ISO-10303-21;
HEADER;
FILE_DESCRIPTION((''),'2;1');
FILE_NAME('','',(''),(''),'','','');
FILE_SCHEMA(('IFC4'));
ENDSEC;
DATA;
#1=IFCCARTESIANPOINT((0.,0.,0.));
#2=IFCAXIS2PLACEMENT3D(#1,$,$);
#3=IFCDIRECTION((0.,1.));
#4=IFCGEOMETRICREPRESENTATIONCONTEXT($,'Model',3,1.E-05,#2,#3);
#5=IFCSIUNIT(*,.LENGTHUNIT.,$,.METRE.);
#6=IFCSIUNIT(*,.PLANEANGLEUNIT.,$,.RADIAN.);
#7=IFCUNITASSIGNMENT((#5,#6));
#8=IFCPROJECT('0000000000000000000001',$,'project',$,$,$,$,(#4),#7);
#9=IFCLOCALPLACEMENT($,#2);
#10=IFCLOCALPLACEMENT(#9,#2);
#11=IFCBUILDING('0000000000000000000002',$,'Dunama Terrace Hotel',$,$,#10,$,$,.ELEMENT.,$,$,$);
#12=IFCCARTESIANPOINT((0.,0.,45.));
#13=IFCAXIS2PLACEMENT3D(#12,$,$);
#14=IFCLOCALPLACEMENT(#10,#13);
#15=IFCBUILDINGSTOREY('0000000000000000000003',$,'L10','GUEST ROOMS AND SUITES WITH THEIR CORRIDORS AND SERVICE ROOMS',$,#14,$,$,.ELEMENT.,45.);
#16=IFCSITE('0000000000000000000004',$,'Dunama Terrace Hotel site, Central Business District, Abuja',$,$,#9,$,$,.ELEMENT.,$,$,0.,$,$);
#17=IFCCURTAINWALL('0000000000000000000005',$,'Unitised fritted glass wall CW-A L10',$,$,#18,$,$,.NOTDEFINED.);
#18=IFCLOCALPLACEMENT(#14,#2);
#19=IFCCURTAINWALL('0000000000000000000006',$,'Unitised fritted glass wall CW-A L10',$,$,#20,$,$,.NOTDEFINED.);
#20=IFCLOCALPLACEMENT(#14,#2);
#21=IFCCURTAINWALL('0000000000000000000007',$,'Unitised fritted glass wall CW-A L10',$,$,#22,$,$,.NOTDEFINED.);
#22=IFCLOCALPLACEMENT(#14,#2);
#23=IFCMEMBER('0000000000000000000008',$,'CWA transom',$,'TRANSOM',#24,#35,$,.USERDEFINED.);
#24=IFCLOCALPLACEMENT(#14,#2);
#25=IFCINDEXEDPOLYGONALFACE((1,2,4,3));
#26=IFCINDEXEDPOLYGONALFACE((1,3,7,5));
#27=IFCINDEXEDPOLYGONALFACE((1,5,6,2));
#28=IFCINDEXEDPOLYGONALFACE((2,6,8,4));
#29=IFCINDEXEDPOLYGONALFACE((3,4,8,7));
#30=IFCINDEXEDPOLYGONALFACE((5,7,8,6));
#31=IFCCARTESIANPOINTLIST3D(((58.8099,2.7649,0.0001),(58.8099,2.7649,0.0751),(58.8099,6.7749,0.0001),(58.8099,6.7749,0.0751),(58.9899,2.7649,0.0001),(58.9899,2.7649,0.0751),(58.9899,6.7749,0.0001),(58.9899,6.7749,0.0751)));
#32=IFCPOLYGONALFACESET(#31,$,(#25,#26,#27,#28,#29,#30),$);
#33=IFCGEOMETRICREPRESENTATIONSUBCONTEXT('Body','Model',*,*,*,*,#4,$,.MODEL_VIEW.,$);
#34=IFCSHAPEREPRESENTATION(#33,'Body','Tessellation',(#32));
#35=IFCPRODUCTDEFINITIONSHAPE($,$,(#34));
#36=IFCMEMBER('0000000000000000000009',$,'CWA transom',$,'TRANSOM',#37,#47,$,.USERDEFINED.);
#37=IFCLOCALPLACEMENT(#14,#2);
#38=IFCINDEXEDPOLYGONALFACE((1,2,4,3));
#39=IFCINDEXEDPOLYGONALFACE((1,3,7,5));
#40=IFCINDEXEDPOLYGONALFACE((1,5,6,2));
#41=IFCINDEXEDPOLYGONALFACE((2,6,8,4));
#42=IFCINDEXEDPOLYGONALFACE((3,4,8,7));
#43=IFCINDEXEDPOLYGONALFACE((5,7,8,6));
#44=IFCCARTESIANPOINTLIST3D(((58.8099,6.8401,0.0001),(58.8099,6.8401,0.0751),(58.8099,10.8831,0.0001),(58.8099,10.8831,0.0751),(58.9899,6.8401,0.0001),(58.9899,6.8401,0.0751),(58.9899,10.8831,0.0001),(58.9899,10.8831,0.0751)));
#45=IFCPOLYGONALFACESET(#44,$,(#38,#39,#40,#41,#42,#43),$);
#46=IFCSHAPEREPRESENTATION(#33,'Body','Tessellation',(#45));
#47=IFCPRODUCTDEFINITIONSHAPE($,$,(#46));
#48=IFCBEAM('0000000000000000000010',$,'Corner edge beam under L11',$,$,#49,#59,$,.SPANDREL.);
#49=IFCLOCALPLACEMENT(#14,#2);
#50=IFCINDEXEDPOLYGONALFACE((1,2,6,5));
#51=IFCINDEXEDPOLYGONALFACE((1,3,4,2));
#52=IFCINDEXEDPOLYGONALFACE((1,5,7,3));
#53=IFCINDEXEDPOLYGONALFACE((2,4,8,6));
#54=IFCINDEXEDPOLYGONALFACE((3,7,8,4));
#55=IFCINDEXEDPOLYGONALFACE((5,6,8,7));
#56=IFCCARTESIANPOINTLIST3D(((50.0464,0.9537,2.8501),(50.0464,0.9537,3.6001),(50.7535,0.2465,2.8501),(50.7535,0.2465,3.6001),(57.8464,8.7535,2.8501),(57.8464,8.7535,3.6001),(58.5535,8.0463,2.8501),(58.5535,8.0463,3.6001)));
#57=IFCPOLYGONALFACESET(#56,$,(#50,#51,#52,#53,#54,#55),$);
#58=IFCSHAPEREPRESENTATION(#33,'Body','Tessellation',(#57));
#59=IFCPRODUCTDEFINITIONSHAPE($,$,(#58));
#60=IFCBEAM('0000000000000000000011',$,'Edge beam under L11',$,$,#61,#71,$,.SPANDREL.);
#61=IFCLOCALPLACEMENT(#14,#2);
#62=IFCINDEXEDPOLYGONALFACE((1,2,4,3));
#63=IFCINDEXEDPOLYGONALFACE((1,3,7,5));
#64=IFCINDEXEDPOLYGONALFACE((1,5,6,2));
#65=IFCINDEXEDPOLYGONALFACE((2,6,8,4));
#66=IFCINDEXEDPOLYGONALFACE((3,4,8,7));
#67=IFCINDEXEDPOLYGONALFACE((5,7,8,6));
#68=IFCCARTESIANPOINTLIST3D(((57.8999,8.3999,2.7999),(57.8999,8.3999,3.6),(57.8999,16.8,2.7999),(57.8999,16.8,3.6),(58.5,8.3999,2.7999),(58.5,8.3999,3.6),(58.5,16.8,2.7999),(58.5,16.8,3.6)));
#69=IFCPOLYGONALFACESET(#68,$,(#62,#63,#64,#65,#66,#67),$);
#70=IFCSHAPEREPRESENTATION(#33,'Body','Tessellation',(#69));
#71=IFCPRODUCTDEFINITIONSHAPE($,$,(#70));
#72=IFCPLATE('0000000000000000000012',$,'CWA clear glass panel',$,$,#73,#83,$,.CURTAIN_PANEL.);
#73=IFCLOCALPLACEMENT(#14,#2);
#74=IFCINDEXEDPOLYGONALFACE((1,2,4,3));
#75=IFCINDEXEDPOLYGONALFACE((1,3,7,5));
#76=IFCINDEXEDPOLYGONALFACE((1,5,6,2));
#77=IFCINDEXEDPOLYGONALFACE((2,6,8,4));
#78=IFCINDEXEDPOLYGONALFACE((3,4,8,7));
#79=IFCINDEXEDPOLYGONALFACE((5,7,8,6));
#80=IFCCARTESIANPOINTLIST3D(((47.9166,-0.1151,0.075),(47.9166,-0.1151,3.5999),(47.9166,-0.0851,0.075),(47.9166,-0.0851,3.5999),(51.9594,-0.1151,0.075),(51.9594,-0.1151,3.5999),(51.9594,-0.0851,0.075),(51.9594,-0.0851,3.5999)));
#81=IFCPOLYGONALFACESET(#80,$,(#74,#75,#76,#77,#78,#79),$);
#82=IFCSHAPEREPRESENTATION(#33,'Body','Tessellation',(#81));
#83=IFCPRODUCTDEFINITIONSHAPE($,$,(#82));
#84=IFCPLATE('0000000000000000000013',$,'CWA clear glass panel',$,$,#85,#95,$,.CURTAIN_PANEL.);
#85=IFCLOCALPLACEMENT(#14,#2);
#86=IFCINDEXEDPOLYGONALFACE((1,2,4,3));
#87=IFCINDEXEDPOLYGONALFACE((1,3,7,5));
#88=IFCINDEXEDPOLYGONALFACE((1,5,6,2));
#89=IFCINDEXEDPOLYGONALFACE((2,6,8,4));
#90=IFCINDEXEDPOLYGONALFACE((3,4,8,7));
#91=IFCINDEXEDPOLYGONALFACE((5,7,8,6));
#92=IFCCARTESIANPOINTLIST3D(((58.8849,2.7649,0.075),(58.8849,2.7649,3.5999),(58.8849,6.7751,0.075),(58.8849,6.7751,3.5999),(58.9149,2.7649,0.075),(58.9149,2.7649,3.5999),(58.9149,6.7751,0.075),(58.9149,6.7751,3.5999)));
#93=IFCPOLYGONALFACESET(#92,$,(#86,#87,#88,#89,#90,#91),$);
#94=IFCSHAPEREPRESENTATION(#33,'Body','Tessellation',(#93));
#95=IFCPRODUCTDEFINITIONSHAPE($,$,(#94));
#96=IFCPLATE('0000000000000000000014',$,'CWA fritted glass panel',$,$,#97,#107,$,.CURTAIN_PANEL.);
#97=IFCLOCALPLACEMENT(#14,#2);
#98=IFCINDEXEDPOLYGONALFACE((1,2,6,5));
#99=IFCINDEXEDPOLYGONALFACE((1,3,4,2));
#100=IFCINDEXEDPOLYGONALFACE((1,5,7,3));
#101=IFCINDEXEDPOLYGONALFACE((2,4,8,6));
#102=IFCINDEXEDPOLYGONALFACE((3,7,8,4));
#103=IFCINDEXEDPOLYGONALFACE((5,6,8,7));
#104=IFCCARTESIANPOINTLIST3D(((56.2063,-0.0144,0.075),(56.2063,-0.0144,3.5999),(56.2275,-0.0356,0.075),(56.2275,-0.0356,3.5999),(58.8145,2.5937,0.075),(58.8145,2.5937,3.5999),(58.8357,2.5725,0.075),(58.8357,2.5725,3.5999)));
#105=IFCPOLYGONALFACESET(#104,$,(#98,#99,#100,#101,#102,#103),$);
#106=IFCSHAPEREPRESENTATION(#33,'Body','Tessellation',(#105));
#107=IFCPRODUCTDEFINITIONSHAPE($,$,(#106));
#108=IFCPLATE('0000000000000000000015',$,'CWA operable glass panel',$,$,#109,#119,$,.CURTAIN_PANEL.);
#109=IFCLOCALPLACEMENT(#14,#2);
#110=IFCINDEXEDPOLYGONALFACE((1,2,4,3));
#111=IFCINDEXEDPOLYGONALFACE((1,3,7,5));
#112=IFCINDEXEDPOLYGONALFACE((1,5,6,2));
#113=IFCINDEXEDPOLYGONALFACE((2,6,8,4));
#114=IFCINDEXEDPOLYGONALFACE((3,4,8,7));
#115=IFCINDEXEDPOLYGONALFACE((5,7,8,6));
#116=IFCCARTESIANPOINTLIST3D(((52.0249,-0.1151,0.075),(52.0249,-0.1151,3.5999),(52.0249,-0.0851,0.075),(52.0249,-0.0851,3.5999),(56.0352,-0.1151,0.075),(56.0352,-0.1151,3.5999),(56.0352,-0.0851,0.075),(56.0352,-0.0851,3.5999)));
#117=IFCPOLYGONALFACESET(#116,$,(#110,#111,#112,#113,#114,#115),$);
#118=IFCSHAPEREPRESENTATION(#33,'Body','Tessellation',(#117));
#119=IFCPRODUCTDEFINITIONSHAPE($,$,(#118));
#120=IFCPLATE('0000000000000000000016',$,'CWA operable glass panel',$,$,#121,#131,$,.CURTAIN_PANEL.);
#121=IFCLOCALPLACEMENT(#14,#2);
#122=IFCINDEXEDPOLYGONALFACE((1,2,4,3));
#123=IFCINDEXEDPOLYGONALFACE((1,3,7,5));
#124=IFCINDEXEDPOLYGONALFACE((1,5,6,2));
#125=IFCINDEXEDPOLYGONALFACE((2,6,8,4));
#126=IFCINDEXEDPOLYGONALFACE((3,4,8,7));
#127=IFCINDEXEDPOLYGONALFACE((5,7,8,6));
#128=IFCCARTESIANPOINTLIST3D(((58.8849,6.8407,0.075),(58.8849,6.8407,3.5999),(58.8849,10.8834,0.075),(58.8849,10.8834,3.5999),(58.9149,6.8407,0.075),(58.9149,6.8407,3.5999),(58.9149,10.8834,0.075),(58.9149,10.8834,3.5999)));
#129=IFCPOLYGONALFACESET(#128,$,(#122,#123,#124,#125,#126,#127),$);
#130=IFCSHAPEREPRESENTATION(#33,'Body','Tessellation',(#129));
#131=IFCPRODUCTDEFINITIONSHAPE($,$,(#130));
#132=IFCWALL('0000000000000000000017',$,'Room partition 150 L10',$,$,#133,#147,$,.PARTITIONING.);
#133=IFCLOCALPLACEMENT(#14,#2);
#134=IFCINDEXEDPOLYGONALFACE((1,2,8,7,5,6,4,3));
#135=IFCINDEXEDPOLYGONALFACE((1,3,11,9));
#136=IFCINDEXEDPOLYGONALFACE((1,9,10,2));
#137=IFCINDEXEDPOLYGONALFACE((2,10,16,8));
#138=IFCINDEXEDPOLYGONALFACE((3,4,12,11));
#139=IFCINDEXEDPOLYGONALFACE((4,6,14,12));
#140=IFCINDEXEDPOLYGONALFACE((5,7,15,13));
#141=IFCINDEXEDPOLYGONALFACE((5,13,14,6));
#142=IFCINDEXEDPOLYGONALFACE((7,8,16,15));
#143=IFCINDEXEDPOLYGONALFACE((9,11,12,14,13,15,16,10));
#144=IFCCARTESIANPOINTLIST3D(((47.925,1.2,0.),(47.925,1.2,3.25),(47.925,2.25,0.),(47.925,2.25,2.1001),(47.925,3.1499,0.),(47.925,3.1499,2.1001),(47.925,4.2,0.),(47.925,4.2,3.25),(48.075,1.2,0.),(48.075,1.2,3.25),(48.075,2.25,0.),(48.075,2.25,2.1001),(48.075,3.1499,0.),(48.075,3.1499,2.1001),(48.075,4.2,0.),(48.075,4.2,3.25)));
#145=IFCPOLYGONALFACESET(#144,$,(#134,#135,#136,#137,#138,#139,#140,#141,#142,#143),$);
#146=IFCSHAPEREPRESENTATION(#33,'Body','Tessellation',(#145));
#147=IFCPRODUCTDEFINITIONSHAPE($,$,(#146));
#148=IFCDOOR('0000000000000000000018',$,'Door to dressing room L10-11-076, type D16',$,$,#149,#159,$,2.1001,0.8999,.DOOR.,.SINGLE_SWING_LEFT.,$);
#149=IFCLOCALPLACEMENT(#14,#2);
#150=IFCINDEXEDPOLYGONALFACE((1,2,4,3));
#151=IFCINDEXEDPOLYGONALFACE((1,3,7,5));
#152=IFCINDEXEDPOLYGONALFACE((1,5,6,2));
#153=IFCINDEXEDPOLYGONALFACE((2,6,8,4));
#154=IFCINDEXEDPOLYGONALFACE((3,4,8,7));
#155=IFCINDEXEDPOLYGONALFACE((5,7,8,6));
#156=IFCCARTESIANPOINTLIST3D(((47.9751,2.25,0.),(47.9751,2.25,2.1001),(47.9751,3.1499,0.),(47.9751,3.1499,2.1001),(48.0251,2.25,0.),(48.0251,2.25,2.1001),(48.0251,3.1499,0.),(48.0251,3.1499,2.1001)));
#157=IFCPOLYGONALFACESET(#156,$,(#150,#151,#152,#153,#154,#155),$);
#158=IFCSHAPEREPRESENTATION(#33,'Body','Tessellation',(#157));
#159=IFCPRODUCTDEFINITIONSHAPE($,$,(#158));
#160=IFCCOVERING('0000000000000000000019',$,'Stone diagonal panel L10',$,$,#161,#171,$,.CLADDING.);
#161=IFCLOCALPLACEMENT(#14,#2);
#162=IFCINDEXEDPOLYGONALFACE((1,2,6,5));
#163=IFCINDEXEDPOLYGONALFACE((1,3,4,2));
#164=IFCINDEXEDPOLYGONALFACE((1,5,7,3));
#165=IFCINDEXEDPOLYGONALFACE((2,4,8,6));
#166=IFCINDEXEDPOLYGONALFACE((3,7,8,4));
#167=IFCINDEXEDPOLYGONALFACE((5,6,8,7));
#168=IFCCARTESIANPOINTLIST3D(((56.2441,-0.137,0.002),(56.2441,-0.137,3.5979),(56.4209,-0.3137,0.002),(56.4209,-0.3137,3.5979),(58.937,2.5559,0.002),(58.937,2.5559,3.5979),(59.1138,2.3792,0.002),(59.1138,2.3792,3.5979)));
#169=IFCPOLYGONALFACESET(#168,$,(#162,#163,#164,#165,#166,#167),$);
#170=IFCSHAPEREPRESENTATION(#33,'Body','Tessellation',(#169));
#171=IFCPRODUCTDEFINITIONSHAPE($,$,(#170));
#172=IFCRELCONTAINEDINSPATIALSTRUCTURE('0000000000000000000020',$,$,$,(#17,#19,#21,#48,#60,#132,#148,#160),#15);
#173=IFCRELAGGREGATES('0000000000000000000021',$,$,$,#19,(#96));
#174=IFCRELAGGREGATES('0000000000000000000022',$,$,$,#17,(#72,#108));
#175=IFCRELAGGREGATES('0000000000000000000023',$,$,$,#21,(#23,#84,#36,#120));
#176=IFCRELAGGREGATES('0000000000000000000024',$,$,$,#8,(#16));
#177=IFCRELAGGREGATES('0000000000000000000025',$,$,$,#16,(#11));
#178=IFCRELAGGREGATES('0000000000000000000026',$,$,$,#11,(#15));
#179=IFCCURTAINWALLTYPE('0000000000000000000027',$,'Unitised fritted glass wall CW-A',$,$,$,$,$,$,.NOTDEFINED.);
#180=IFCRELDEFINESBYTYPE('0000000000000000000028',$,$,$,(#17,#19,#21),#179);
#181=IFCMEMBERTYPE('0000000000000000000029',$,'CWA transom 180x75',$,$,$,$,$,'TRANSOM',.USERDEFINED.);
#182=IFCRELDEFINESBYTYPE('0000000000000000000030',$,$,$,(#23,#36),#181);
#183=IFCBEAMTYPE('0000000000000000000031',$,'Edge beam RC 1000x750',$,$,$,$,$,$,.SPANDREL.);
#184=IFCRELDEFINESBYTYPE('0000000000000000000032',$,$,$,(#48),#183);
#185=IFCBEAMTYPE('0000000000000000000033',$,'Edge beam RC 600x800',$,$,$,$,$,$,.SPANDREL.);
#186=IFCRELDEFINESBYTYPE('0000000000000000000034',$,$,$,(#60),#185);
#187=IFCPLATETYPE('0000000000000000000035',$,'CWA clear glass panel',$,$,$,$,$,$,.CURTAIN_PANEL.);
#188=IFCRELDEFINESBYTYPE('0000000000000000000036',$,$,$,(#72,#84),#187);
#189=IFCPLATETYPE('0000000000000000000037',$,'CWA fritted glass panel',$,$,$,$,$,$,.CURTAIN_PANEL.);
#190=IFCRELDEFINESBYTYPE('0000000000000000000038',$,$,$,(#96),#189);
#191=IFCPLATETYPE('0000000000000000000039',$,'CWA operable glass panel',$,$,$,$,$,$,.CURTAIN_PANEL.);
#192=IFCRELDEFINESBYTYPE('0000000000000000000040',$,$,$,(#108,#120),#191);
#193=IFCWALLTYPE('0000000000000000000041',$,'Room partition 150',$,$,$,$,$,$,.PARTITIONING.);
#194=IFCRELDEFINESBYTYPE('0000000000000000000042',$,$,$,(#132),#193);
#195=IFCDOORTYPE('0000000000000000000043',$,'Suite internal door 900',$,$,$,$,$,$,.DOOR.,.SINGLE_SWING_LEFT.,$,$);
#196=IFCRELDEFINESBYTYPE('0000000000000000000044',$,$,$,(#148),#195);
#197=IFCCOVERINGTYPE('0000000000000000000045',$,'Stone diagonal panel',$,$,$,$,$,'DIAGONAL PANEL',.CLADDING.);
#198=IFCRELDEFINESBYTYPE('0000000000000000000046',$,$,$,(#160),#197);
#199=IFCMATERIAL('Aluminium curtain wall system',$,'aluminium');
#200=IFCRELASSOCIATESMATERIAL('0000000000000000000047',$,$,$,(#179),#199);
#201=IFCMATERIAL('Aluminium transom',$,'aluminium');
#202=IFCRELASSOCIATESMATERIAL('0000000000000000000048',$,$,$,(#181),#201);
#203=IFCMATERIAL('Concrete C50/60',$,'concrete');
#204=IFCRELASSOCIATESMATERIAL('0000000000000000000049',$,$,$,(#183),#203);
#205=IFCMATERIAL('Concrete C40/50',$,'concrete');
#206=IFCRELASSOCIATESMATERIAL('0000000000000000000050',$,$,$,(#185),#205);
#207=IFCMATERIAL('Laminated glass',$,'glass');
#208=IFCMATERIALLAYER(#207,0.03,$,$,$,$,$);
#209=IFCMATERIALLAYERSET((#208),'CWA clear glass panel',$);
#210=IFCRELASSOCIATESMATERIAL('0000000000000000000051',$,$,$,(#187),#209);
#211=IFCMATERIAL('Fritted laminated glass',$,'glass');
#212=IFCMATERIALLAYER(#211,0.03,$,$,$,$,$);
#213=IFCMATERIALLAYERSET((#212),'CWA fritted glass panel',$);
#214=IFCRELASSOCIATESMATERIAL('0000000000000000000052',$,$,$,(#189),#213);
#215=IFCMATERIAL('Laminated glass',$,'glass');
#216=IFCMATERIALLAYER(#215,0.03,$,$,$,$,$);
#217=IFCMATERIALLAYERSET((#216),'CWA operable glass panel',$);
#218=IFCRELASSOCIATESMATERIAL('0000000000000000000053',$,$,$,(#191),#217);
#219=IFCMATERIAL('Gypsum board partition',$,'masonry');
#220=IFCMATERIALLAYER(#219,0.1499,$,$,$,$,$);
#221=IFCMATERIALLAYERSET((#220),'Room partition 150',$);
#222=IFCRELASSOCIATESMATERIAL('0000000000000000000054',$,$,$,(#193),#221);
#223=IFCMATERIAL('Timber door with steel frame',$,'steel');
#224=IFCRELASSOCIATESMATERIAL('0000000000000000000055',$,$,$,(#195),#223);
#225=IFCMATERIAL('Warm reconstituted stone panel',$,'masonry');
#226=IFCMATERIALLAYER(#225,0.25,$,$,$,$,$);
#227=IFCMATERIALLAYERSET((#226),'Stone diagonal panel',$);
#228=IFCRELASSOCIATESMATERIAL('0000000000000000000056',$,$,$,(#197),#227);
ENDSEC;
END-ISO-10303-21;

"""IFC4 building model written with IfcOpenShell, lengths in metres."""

from ifc_helpers import new_model, si_unit, direction, frame, frame_2d, origin, origin_2d, place, context, subcontext, project, spatial, rectangle, extrude, material, layer, layer_set, material_profile, profile_set, type_object, element, fill, aggregate, save


model = new_model("IFC4")

# Units and contexts
model_context = context("Model", 3, precision=1e-05, world=origin(), true_north=direction((0.0, 1.0)))
body_context = subcontext(model_context, "Body", "Model", "MODEL_VIEW")
ifc_project = project(units=[si_unit("LENGTHUNIT", "METRE"), si_unit("PLANEANGLEUNIT", "RADIAN")], contexts=[model_context])

# Site, building, storey
site_placement = place(None, origin())
site = spatial("IfcSite", under=ifc_project, at=site_placement, Name="Dunama Terrace Hotel site, Central Business District, Abuja", CompositionType="ELEMENT", RefElevation=0.0)
building_placement = place(site_placement, origin())
building = spatial("IfcBuilding", under=site, at=building_placement, Name="Dunama Terrace Hotel", CompositionType="ELEMENT")
storey_placement = place(building_placement, frame((0.0, 0.0, 45.0)))
storey = spatial("IfcBuildingStorey", under=building, at=storey_placement, Name="L10", Description="GUEST ROOMS AND SUITES WITH THEIR CORRIDORS AND SERVICE ROOMS", CompositionType="ELEMENT", Elevation=45.0)

# Curtain walls
ifc_material_1 = material(Name="Aluminium curtain wall system", Category="aluminium")
curtain_wall_type = type_object("IfcCurtainWallType", Name="Unitised fritted glass wall CW-A", PredefinedType="NOTDEFINED", material=ifc_material_1)
curtain_wall_1_placement = place(storey_placement, origin())
curtain_wall_1 = element("IfcCurtainWall", 1, at=curtain_wall_1_placement, inside=storey, type_object=curtain_wall_type, Name="Unitised fritted glass wall CW-A L10", PredefinedType="NOTDEFINED")
curtain_wall_2_placement = place(storey_placement, origin())
curtain_wall_2 = element("IfcCurtainWall", 2, at=curtain_wall_2_placement, inside=storey, type_object=curtain_wall_type, Name="Unitised fritted glass wall CW-A L10", PredefinedType="NOTDEFINED")
curtain_wall_3_placement = place(storey_placement, origin())
curtain_wall_3 = element("IfcCurtainWall", 3, at=curtain_wall_3_placement, inside=storey, type_object=curtain_wall_type, Name="Unitised fritted glass wall CW-A L10", PredefinedType="NOTDEFINED")

# Members
ifc_material_2 = material(Name="Aluminium transom", Category="aluminium")
ifc_material_profile_1 = material_profile(ifc_material_2, rectangle(XDim=0.1799, YDim=0.075, at=origin_2d()), Name="CWA TRANSOM 180X75")
ifc_profile_set_1 = profile_set([ifc_material_profile_1], Name="Aluminium transom")
member_type_1 = type_object("IfcMemberType", Name="CWA transom 180x75", ElementType="TRANSOM", PredefinedType="USERDEFINED", material=ifc_profile_set_1)
member_1_placement = place(storey_placement, frame((58.8999, 2.7649, 0.0376), z_axis=(0.0, 1.0, 0.0), x_axis=(-1.0, 0.0, 0.0)))
member_1 = element("IfcMember", 4, at=member_1_placement, type_object=member_type_1, Name="CWA transom", ObjectType="TRANSOM", PredefinedType="USERDEFINED", context=body_context, shape_type="SweptSolid", body=[
    extrude(rectangle(XDim=0.1799, YDim=0.075, at=origin_2d()), origin(), (0.0, 0.0, 1.0), 4.01),
])
member_2_placement = place(storey_placement, frame((58.8999, 6.8401, 0.0376), z_axis=(0.0, 1.0, 0.0), x_axis=(-1.0, 0.0, 0.0)))
member_2 = element("IfcMember", 5, at=member_2_placement, type_object=member_type_1, Name="CWA transom", ObjectType="TRANSOM", PredefinedType="USERDEFINED", context=body_context, shape_type="SweptSolid", body=[
    extrude(rectangle(XDim=0.1799, YDim=0.075, at=origin_2d()), origin(), (0.0, 0.0, 1.0), 4.043),
])

# Beams
ifc_material_3 = material(Name="Concrete C50/60", Category="concrete")
ifc_material_profile_2 = material_profile(ifc_material_3, rectangle(XDim=1.0, YDim=0.75, at=origin_2d()), Name="RC 1000x750")
ifc_profile_set_2 = profile_set([ifc_material_profile_2], Name="Concrete C50/60")
beam_type_1 = type_object("IfcBeamType", Name="Edge beam RC 1000x750", PredefinedType="SPANDREL", material=ifc_profile_set_2)
beam_1_placement = place(storey_placement, frame((50.3999, 0.6001, 3.2251), z_axis=(0.707118, 0.707096, 0.0), x_axis=(-0.707096, 0.707118, 0.0)))
element("IfcBeam", 6, at=beam_1_placement, inside=storey, type_object=beam_type_1, Name="Corner edge beam under L11", PredefinedType="SPANDREL", context=body_context, shape_type="SweptSolid", body=[
    extrude(rectangle(XDim=1.0, YDim=0.75, at=origin_2d()), origin(), (0.0, 0.0, 1.0), 11.0308),
])
ifc_material_4 = material(Name="Concrete C40/50", Category="concrete")
ifc_material_profile_3 = material_profile(ifc_material_4, rectangle(XDim=0.6001, YDim=0.8, at=origin_2d()), Name="RC 600x800")
ifc_profile_set_3 = profile_set([ifc_material_profile_3], Name="Concrete C40/50")
beam_type_2 = type_object("IfcBeamType", Name="Edge beam RC 600x800", PredefinedType="SPANDREL", material=ifc_profile_set_3)
beam_2_placement = place(storey_placement, frame((58.2, 8.3999, 3.2), z_axis=(0.0, 1.0, 0.0), x_axis=(-1.0, 0.0, 0.0)))
element("IfcBeam", 7, at=beam_2_placement, inside=storey, type_object=beam_type_2, Name="Edge beam under L11", PredefinedType="SPANDREL", context=body_context, shape_type="SweptSolid", body=[
    extrude(rectangle(XDim=0.6001, YDim=0.8, at=origin_2d()), origin(), (0.0, 0.0, 1.0), 8.4001),
])

# Plates
ifc_material_5 = material(Name="Laminated glass", Category="glass")
ifc_layer_1 = layer(ifc_material_5, 0.03)
ifc_layer_set_1 = layer_set([ifc_layer_1], Name="CWA clear glass panel")
plate_type_1 = type_object("IfcPlateType", Name="CWA clear glass panel", PredefinedType="CURTAIN_PANEL", material=ifc_layer_set_1)
plate_1_placement = place(storey_placement, frame((49.938, -0.1001, 0.075), z_axis=(0.0, 0.0, 1.0), x_axis=(1.0, 0.0, 0.0)))
plate_1 = element("IfcPlate", 8, at=plate_1_placement, type_object=plate_type_1, Name="CWA clear glass panel", PredefinedType="CURTAIN_PANEL", context=body_context, shape_type="SweptSolid", body=[
    extrude(rectangle(XDim=4.0427, YDim=0.03, at=origin_2d()), origin(), (0.0, 0.0, 1.0), 3.5249),
])
plate_2_placement = place(storey_placement, frame((58.8999, 4.77, 0.075), z_axis=(0.0, 0.0, 1.0), x_axis=(0.0, 1.0, 0.0)))
plate_2 = element("IfcPlate", 9, at=plate_2_placement, type_object=plate_type_1, Name="CWA clear glass panel", PredefinedType="CURTAIN_PANEL", context=body_context, shape_type="SweptSolid", body=[
    extrude(rectangle(XDim=4.0103, YDim=0.03, at=origin_2d()), origin(), (0.0, 0.0, 1.0), 3.5249),
])
ifc_material_6 = material(Name="Fritted laminated glass", Category="glass")
ifc_layer_2 = layer(ifc_material_6, 0.03)
ifc_layer_set_2 = layer_set([ifc_layer_2], Name="CWA fritted glass panel")
plate_type_2 = type_object("IfcPlateType", Name="CWA fritted glass panel", PredefinedType="CURTAIN_PANEL", material=ifc_layer_set_2)
plate_3_placement = place(storey_placement, frame((57.521, 1.2791, 0.075), z_axis=(0.0, 0.0, 1.0), x_axis=(0.707107, 0.707107, 0.0)))
plate_3 = element("IfcPlate", 10, at=plate_3_placement, type_object=plate_type_2, Name="CWA fritted glass panel", PredefinedType="CURTAIN_PANEL", context=body_context, shape_type="SweptSolid", body=[
    extrude(rectangle(XDim=3.6885, YDim=0.03, at=origin_2d()), origin(), (0.0, 0.0, 1.0), 3.5249),
])
aggregate(curtain_wall_2, [plate_3])
ifc_material_7 = material(Name="Laminated glass", Category="glass")
ifc_layer_3 = layer(ifc_material_7, 0.03)
ifc_layer_set_3 = layer_set([ifc_layer_3], Name="CWA operable glass panel")
plate_type_3 = type_object("IfcPlateType", Name="CWA operable glass panel", PredefinedType="CURTAIN_PANEL", material=ifc_layer_set_3)
plate_4_placement = place(storey_placement, frame((54.03, -0.1001, 0.075), z_axis=(0.0, 0.0, 1.0), x_axis=(1.0, 0.0, 0.0)))
plate_4 = element("IfcPlate", 11, at=plate_4_placement, type_object=plate_type_3, Name="CWA operable glass panel", PredefinedType="CURTAIN_PANEL", context=body_context, shape_type="SweptSolid", body=[
    extrude(rectangle(XDim=4.0103, YDim=0.03, at=origin_2d()), origin(), (0.0, 0.0, 1.0), 3.5249),
])
aggregate(curtain_wall_1, [plate_1, plate_4])
plate_5_placement = place(storey_placement, frame((58.8999, 8.8621, 0.075), z_axis=(0.0, 0.0, 1.0), x_axis=(0.0, 1.0, 0.0)))
plate_5 = element("IfcPlate", 12, at=plate_5_placement, type_object=plate_type_3, Name="CWA operable glass panel", PredefinedType="CURTAIN_PANEL", context=body_context, shape_type="SweptSolid", body=[
    extrude(rectangle(XDim=4.0427, YDim=0.03, at=origin_2d()), origin(), (0.0, 0.0, 1.0), 3.5249),
])
aggregate(curtain_wall_3, [member_1, plate_2, member_2, plate_5])

# Wall, opening, door
ifc_material_8 = material(Name="Gypsum board partition", Category="masonry")
ifc_layer_4 = layer(ifc_material_8, 0.1499)
ifc_layer_set_4 = layer_set([ifc_layer_4], Name="Room partition 150")
wall_type = type_object("IfcWallType", Name="Room partition 150", PredefinedType="PARTITIONING", material=ifc_layer_set_4)
wall_placement = place(storey_placement, frame((48.0, 1.2, 0.0), z_axis=(0.0, 0.0, 1.0), x_axis=(0.0, 1.0, 0.0)))
wall = element("IfcWall", 13, at=wall_placement, inside=storey, type_object=wall_type, Name="Room partition 150 L10", PredefinedType="PARTITIONING", context=body_context, shape_type="SweptSolid", body=[
    extrude(rectangle(XDim=3.0, YDim=0.1499, at=frame_2d((1.5, 0.0))), origin(), (0.0, 0.0, 1.0), 3.25),
])
opening_placement = place(wall_placement, frame((1.05, 0.0, 0.0)))
opening = element("IfcOpeningElement", 14, at=opening_placement, cuts=wall, PredefinedType="OPENING", context=body_context, shape_type="SweptSolid", body=[
    extrude(rectangle(XDim=0.8999, YDim=2.1001, at=frame_2d((0.45, 1.05))), frame((0.0, 0.085, 0.0), z_axis=(0.0, -1.0, 0.0), x_axis=(1.0, 0.0, 0.0)), (0.0, 0.0, 1.0), 0.1699),
])
ifc_material_9 = material(Name="Timber door with steel frame", Category="steel")
door_type = type_object("IfcDoorType", Name="Suite internal door 900", OperationType="SINGLE_SWING_LEFT", PredefinedType="DOOR", material=ifc_material_9)
door_placement = place(opening_placement, origin())
door = element("IfcDoor", 15, at=door_placement, inside=storey, type_object=door_type, Name="Door to dressing room L10-11-076, type D16", OperationType="SINGLE_SWING_LEFT", OverallHeight=2.1001, OverallWidth=0.8999, PredefinedType="DOOR", context=body_context, shape_type="SweptSolid", body=[
    extrude(rectangle(XDim=0.8999, YDim=2.1001, at=frame_2d((0.45, 1.05))), frame((0.0, 0.0249, 0.0), z_axis=(0.0, -1.0, 0.0), x_axis=(1.0, 0.0, 0.0)), (0.0, 0.0, 1.0), 0.05),
])
fill(opening, door)

# Covering
ifc_material_10 = material(Name="Warm reconstituted stone panel", Category="masonry")
ifc_layer_5 = layer(ifc_material_10, 0.25)
ifc_layer_set_5 = layer_set([ifc_layer_5], Name="Stone diagonal panel")
covering_type = type_object("IfcCoveringType", Name="Stone diagonal panel", ElementType="DIAGONAL PANEL", PredefinedType="CLADDING", material=ifc_layer_set_5)
covering_1_placement = place(storey_placement, frame((57.679, 1.1211, 0.002), z_axis=(0.0, 0.0, 1.0), x_axis=(0.707107, 0.707107, 0.0)))
element("IfcCovering", 16, at=covering_1_placement, inside=storey, type_object=covering_type, Name="Stone diagonal panel L10", PredefinedType="CLADDING", context=body_context, shape_type="SweptSolid", body=[
    extrude(rectangle(XDim=3.8083, YDim=0.25, at=origin_2d()), origin(), (0.0, 0.0, 1.0), 3.5959),
])

save(model, "model.ifc")
